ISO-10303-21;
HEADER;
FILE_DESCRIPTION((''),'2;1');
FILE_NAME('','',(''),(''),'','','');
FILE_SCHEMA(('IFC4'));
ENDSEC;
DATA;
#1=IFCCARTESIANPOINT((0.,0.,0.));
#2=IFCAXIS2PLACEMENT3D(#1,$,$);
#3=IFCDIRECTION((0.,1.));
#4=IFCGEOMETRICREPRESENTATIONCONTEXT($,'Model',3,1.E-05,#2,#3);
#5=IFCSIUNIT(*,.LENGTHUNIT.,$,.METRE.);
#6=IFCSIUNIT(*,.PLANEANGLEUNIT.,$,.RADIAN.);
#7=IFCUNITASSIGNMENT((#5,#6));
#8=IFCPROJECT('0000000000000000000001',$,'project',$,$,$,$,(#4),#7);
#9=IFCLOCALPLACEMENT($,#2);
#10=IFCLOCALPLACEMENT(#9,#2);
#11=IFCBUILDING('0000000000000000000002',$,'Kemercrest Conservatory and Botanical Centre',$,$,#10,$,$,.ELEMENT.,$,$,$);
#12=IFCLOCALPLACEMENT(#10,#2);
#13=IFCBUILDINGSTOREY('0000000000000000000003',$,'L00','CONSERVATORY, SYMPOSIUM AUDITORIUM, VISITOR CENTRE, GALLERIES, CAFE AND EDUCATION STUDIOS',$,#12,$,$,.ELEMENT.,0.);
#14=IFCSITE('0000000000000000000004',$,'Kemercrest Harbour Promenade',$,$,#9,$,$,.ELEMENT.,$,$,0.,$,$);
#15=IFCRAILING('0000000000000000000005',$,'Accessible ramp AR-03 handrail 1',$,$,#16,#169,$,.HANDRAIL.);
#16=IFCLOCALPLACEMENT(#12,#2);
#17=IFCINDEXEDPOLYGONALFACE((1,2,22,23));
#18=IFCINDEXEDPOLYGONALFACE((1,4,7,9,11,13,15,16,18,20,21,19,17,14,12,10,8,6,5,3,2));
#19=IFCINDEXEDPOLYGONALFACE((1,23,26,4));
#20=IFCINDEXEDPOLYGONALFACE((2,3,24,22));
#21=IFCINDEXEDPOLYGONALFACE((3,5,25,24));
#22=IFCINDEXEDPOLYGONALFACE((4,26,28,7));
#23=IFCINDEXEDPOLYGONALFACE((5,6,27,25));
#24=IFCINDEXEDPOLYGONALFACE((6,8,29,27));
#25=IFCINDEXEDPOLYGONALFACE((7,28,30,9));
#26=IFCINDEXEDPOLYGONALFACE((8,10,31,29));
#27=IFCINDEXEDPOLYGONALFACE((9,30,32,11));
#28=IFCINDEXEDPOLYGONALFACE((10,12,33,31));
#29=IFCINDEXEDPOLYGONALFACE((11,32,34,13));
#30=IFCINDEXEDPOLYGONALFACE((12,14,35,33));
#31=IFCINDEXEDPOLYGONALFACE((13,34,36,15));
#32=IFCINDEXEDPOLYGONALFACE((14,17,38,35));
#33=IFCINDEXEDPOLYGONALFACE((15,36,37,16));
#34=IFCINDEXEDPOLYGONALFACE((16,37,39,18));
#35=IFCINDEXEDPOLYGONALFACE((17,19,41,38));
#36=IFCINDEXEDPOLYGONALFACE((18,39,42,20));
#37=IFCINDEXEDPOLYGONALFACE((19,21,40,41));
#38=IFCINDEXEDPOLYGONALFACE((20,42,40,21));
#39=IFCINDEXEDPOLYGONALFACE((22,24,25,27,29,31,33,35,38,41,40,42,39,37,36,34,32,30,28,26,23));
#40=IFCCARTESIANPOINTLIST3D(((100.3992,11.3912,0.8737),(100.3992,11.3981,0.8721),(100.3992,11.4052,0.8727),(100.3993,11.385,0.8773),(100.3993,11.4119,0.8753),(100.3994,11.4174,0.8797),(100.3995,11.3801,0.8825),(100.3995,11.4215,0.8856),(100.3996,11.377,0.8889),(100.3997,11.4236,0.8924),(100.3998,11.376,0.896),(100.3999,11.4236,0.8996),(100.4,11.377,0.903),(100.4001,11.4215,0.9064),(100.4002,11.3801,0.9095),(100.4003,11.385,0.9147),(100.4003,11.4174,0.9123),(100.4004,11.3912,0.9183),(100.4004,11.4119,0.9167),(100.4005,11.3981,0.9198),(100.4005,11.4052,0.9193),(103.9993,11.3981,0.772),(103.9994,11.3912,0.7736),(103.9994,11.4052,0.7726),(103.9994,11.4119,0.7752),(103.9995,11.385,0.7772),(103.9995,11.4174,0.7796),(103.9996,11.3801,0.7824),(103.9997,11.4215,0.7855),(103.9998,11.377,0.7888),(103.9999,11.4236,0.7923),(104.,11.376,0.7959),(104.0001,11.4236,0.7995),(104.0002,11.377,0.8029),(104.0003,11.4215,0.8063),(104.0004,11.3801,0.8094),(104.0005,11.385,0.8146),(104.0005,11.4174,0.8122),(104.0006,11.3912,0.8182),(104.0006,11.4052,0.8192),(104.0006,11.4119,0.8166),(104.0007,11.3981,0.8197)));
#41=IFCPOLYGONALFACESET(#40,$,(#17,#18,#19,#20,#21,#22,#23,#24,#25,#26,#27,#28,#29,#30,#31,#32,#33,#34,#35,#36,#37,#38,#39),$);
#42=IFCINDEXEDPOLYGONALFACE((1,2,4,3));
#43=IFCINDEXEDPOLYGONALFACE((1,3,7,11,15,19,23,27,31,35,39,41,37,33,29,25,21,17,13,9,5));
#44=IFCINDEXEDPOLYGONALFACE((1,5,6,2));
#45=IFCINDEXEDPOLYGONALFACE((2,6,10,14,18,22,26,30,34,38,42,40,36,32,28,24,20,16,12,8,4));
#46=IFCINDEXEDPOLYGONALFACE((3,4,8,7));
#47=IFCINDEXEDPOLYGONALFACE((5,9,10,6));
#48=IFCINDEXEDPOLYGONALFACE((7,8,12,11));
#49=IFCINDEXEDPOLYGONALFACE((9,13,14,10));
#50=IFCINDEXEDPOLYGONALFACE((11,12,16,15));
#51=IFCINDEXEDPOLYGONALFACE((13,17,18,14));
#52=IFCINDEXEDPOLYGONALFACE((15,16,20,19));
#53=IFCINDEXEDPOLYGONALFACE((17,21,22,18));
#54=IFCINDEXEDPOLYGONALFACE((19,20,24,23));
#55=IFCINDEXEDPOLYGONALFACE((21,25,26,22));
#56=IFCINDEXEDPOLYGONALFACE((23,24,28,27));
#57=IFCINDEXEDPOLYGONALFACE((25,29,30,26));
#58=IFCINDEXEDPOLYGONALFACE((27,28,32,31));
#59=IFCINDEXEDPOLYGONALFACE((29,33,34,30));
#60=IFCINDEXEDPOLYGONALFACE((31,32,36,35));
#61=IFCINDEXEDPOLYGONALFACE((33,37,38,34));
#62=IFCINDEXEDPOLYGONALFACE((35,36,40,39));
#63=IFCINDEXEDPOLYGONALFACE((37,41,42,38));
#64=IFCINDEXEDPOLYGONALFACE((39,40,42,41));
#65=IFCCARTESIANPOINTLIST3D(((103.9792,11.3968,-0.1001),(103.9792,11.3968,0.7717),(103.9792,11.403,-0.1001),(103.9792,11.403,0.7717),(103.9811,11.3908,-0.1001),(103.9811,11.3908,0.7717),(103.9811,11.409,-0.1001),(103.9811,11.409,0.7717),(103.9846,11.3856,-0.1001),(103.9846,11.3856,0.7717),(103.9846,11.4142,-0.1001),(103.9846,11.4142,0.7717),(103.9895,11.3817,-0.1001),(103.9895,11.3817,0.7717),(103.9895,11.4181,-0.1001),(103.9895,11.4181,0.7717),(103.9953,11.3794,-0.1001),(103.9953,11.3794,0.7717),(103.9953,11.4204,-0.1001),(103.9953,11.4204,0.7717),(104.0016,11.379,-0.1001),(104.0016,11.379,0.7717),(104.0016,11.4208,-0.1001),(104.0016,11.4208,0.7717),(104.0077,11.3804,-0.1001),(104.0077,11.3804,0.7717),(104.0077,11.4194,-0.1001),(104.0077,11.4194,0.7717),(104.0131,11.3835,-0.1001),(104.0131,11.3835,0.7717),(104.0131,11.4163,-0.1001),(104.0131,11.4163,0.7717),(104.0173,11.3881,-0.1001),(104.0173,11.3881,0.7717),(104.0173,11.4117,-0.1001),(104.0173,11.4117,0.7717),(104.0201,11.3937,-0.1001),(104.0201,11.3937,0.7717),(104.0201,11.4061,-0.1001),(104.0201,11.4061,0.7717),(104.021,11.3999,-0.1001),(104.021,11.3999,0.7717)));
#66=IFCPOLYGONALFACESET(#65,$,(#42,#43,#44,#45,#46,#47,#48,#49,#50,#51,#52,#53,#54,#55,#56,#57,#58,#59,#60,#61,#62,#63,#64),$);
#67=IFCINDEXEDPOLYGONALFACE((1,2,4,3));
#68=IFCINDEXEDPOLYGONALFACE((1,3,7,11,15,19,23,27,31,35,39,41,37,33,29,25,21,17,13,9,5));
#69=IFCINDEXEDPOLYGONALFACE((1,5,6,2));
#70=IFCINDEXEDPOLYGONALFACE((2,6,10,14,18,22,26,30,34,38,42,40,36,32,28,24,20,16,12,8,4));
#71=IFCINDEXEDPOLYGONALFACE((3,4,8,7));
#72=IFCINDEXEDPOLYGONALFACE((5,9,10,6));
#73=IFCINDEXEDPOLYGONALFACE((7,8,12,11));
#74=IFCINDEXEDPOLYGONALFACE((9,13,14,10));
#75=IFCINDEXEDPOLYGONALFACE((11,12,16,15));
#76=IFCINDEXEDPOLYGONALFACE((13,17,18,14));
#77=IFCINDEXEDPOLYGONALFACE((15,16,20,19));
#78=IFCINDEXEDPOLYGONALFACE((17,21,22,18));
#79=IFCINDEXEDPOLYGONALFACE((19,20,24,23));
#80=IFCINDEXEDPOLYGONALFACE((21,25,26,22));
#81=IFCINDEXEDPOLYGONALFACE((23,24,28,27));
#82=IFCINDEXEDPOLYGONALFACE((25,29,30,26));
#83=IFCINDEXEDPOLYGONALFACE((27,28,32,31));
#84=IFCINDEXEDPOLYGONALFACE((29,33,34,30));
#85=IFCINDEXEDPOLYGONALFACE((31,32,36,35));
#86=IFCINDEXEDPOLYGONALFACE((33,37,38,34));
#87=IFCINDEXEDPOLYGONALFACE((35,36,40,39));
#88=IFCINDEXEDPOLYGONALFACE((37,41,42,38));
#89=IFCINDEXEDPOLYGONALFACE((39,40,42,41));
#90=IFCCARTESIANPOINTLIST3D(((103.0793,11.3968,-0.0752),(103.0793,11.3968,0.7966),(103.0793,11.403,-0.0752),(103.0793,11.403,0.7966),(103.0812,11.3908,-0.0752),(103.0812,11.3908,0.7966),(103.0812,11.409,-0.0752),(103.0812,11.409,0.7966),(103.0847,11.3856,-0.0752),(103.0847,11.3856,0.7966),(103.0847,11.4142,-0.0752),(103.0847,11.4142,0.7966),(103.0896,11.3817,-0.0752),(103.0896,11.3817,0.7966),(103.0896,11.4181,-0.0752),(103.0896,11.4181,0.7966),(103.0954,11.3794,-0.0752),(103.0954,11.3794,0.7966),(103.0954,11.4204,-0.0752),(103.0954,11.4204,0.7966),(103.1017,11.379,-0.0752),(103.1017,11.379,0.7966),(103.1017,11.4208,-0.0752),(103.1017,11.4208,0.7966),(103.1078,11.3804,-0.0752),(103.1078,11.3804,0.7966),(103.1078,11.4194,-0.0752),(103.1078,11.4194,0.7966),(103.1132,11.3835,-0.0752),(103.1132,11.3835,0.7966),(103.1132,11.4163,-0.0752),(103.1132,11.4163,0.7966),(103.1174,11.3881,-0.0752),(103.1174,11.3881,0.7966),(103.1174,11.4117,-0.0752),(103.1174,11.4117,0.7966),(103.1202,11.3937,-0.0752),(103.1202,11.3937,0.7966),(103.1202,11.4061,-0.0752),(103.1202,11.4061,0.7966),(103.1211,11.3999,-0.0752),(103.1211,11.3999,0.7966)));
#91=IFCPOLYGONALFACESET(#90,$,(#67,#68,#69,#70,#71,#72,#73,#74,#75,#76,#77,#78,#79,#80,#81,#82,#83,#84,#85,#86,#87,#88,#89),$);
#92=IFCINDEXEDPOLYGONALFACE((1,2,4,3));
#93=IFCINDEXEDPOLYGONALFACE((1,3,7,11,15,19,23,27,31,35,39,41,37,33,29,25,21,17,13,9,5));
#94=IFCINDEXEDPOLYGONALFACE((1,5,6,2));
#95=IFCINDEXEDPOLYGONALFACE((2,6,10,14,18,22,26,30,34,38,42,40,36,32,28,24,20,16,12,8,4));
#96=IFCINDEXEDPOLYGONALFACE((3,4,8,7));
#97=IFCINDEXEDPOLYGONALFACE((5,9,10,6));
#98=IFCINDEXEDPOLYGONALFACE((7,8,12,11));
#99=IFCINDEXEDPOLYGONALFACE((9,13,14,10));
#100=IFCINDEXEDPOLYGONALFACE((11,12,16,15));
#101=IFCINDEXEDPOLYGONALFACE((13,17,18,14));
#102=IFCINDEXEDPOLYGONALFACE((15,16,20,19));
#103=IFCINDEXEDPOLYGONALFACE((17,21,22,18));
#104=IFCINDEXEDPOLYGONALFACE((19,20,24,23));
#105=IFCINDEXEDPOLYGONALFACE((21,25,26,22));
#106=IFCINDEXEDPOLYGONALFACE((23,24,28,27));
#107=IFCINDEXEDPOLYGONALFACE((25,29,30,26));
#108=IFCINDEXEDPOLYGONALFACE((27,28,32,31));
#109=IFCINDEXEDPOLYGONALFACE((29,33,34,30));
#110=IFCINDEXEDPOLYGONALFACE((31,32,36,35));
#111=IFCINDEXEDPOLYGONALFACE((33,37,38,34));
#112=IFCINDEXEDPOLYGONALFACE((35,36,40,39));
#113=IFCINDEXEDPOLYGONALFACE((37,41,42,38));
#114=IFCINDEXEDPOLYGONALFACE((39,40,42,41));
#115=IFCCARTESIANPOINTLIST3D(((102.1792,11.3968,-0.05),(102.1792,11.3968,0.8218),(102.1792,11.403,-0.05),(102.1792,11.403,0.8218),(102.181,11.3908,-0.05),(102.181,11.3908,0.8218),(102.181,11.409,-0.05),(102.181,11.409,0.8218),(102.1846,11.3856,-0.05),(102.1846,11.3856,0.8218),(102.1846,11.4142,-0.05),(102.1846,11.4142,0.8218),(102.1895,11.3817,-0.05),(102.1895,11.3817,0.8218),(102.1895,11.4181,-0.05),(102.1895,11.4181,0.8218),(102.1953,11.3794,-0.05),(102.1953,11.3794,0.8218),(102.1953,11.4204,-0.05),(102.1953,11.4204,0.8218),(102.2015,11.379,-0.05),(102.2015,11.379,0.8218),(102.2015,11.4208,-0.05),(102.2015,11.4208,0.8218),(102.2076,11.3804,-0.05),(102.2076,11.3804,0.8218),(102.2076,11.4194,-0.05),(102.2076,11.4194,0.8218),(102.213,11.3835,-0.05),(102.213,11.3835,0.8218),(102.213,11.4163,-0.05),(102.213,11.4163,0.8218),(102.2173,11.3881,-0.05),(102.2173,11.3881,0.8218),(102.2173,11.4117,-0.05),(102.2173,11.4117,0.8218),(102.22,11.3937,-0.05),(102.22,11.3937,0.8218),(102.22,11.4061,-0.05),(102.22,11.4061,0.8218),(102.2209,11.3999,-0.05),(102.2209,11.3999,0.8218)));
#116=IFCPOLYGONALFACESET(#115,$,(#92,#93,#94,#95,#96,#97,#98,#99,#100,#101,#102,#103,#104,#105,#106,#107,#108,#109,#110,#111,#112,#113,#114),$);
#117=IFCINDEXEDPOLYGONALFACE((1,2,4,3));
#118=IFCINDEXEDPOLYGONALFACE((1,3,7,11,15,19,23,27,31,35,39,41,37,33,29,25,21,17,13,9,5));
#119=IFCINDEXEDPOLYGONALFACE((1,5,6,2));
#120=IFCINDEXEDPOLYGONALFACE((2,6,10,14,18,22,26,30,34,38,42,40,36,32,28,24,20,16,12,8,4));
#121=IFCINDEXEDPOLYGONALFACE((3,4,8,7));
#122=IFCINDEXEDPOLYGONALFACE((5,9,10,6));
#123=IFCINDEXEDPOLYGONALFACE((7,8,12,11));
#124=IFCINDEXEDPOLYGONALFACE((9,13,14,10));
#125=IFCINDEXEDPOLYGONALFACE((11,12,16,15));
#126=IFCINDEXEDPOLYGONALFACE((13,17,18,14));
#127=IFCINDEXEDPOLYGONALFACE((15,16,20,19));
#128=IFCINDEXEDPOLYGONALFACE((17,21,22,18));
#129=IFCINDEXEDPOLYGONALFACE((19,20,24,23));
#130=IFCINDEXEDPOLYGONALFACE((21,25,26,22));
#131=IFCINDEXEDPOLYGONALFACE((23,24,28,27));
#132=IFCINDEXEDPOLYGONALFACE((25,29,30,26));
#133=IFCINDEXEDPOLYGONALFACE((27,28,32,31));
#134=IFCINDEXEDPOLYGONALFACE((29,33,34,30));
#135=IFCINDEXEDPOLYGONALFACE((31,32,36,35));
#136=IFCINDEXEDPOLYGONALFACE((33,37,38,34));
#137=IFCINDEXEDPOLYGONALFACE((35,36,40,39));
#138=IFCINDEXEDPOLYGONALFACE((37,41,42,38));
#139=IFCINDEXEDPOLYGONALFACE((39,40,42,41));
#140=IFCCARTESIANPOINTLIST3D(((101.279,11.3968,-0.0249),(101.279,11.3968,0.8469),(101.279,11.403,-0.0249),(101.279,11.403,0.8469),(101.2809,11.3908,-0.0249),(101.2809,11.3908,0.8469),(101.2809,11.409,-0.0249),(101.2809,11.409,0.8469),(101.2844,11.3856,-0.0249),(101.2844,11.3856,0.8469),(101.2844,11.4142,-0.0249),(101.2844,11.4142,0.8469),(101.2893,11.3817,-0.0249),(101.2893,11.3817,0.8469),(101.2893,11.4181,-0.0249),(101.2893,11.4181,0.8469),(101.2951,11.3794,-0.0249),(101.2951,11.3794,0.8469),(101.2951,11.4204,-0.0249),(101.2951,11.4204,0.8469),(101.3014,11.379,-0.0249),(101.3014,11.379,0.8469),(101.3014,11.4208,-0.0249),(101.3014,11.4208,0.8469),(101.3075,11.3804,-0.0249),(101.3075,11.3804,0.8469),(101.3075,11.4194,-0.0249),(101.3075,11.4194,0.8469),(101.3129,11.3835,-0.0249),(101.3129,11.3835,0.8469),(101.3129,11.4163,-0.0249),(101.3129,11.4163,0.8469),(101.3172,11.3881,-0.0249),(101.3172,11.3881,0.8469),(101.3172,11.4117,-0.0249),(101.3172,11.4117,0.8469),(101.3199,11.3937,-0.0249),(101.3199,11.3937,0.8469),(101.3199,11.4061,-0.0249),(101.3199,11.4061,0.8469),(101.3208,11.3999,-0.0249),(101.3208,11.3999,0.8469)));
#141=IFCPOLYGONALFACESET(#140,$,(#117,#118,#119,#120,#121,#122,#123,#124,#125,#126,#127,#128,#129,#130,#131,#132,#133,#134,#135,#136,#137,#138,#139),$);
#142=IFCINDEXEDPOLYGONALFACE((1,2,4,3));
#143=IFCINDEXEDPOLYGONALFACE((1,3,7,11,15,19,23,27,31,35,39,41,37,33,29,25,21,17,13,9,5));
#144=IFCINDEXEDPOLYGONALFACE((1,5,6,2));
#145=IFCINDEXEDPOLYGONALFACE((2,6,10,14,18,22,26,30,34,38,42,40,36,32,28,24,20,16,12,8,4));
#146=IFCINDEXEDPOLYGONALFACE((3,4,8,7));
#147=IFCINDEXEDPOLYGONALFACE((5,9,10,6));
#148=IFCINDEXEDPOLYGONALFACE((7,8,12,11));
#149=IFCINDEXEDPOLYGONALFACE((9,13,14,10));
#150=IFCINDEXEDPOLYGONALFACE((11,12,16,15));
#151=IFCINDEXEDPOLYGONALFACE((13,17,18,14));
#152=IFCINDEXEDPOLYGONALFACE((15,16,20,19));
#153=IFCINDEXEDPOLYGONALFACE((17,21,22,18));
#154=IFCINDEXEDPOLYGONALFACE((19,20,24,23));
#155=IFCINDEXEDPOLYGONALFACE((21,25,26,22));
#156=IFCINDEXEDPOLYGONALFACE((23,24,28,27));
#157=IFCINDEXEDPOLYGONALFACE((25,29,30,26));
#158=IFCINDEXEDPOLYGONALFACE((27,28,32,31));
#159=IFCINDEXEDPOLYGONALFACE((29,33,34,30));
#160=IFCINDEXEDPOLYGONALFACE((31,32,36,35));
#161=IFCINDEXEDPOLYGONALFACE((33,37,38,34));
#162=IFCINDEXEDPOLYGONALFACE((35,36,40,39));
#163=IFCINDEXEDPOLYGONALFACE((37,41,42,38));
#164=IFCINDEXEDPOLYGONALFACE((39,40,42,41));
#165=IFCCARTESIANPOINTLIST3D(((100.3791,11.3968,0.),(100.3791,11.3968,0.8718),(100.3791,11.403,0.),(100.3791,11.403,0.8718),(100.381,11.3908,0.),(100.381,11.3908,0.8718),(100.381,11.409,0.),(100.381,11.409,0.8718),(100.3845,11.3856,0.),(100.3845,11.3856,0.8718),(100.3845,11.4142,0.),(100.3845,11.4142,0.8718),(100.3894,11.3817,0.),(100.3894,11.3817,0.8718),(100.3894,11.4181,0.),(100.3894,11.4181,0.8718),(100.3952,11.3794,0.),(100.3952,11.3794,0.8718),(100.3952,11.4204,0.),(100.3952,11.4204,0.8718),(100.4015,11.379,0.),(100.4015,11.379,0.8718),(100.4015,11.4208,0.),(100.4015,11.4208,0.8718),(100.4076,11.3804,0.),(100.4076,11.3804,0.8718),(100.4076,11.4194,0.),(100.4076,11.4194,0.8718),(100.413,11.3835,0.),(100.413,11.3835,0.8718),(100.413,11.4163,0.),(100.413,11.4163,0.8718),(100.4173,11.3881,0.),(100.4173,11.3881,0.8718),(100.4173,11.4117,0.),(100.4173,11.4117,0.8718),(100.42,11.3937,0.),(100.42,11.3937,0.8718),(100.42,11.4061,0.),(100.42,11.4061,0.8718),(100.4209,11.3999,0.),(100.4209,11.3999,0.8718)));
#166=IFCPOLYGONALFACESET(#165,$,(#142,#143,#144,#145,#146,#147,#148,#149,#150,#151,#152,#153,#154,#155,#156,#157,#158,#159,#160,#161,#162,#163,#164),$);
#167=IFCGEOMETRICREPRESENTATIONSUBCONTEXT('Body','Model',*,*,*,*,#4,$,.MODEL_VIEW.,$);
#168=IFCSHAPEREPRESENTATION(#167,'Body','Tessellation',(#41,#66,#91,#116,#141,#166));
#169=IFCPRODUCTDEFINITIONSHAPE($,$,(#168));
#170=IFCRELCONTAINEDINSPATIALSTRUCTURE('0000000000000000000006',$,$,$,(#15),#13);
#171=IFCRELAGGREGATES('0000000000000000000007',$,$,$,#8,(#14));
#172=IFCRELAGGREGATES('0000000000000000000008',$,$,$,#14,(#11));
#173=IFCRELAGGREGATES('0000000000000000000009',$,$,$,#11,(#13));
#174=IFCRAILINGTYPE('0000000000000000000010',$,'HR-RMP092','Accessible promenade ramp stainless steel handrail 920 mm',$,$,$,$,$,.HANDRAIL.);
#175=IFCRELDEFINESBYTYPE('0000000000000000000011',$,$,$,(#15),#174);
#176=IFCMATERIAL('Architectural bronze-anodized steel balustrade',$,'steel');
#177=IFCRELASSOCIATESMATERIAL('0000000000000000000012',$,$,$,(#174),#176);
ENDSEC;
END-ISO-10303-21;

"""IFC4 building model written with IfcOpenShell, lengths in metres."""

from ifc_helpers import new_model, si_unit, direction, frame, origin, origin_2d, place, context, subcontext, project, spatial, circle, extrude, material, type_object, element, save


model = new_model("IFC4")

# Units and contexts
model_context = context("Model", 3, precision=1e-05, world=origin(), true_north=direction((0.0, 1.0)))
body_context = subcontext(model_context, "Body", "Model", "MODEL_VIEW")
ifc_project = project(units=[si_unit("LENGTHUNIT", "METRE"), si_unit("PLANEANGLEUNIT", "RADIAN")], contexts=[model_context])

# Site, building, storey
site_placement = place(None, origin())
site = spatial("IfcSite", under=ifc_project, at=site_placement, Name="Kemercrest Harbour Promenade", CompositionType="ELEMENT", RefElevation=0.0)
building_placement = place(site_placement, origin())
building = spatial("IfcBuilding", under=site, at=building_placement, Name="Kemercrest Conservatory and Botanical Centre", CompositionType="ELEMENT")
storey_placement = place(building_placement, origin())
storey = spatial("IfcBuildingStorey", under=building, at=storey_placement, Name="L00", Description="CONSERVATORY, SYMPOSIUM AUDITORIUM, VISITOR CENTRE, GALLERIES, CAFE AND EDUCATION STUDIOS", CompositionType="ELEMENT", Elevation=0.0)

# Railing
ifc_material_1 = material(Name="Architectural bronze-anodized steel balustrade", Category="steel")
railing_type = type_object("IfcRailingType", Name="HR-RMP092", Description="Accessible promenade ramp stainless steel handrail 920 mm", PredefinedType="HANDRAIL", material=ifc_material_1)
for number, where, name in (
    (1, (104.0, 11.3999, -0.1001), "Accessible ramp AR-03 handrail 1"),
):
    element("IfcRailing", number, at=place(storey_placement, frame(where)), inside=storey, type_object=railing_type, Name=name, PredefinedType="HANDRAIL", context=body_context, shape_type="SweptSolid", body=[
        extrude(circle(Radius=0.0239, at=origin_2d()), frame((0.0, 0.0, 0.896), z_axis=(-0.999614, 0.0, 0.027793), x_axis=(0.0, -1.0, 0.0)), (0.0, 0.0, 1.0), 3.6016),
        extrude(circle(Radius=0.021, at=origin_2d()), origin(), (0.0, 0.0, 1.0), 0.8718),
        extrude(circle(Radius=0.021, at=origin_2d()), frame((-0.8999, 0.0, 0.0249)), (0.0, 0.0, 1.0), 0.8718),
        extrude(circle(Radius=0.021, at=origin_2d()), frame((-1.8, 0.0, 0.05)), (0.0, 0.0, 1.0), 0.8718),
        extrude(circle(Radius=0.021, at=origin_2d()), frame((-2.7002, 0.0, 0.0752)), (0.0, 0.0, 1.0), 0.8718),
        extrude(circle(Radius=0.021, at=origin_2d()), frame((-3.6001, 0.0, 0.1001)), (0.0, 0.0, 1.0), 0.8718),
    ])

save(model, "model.ifc")
